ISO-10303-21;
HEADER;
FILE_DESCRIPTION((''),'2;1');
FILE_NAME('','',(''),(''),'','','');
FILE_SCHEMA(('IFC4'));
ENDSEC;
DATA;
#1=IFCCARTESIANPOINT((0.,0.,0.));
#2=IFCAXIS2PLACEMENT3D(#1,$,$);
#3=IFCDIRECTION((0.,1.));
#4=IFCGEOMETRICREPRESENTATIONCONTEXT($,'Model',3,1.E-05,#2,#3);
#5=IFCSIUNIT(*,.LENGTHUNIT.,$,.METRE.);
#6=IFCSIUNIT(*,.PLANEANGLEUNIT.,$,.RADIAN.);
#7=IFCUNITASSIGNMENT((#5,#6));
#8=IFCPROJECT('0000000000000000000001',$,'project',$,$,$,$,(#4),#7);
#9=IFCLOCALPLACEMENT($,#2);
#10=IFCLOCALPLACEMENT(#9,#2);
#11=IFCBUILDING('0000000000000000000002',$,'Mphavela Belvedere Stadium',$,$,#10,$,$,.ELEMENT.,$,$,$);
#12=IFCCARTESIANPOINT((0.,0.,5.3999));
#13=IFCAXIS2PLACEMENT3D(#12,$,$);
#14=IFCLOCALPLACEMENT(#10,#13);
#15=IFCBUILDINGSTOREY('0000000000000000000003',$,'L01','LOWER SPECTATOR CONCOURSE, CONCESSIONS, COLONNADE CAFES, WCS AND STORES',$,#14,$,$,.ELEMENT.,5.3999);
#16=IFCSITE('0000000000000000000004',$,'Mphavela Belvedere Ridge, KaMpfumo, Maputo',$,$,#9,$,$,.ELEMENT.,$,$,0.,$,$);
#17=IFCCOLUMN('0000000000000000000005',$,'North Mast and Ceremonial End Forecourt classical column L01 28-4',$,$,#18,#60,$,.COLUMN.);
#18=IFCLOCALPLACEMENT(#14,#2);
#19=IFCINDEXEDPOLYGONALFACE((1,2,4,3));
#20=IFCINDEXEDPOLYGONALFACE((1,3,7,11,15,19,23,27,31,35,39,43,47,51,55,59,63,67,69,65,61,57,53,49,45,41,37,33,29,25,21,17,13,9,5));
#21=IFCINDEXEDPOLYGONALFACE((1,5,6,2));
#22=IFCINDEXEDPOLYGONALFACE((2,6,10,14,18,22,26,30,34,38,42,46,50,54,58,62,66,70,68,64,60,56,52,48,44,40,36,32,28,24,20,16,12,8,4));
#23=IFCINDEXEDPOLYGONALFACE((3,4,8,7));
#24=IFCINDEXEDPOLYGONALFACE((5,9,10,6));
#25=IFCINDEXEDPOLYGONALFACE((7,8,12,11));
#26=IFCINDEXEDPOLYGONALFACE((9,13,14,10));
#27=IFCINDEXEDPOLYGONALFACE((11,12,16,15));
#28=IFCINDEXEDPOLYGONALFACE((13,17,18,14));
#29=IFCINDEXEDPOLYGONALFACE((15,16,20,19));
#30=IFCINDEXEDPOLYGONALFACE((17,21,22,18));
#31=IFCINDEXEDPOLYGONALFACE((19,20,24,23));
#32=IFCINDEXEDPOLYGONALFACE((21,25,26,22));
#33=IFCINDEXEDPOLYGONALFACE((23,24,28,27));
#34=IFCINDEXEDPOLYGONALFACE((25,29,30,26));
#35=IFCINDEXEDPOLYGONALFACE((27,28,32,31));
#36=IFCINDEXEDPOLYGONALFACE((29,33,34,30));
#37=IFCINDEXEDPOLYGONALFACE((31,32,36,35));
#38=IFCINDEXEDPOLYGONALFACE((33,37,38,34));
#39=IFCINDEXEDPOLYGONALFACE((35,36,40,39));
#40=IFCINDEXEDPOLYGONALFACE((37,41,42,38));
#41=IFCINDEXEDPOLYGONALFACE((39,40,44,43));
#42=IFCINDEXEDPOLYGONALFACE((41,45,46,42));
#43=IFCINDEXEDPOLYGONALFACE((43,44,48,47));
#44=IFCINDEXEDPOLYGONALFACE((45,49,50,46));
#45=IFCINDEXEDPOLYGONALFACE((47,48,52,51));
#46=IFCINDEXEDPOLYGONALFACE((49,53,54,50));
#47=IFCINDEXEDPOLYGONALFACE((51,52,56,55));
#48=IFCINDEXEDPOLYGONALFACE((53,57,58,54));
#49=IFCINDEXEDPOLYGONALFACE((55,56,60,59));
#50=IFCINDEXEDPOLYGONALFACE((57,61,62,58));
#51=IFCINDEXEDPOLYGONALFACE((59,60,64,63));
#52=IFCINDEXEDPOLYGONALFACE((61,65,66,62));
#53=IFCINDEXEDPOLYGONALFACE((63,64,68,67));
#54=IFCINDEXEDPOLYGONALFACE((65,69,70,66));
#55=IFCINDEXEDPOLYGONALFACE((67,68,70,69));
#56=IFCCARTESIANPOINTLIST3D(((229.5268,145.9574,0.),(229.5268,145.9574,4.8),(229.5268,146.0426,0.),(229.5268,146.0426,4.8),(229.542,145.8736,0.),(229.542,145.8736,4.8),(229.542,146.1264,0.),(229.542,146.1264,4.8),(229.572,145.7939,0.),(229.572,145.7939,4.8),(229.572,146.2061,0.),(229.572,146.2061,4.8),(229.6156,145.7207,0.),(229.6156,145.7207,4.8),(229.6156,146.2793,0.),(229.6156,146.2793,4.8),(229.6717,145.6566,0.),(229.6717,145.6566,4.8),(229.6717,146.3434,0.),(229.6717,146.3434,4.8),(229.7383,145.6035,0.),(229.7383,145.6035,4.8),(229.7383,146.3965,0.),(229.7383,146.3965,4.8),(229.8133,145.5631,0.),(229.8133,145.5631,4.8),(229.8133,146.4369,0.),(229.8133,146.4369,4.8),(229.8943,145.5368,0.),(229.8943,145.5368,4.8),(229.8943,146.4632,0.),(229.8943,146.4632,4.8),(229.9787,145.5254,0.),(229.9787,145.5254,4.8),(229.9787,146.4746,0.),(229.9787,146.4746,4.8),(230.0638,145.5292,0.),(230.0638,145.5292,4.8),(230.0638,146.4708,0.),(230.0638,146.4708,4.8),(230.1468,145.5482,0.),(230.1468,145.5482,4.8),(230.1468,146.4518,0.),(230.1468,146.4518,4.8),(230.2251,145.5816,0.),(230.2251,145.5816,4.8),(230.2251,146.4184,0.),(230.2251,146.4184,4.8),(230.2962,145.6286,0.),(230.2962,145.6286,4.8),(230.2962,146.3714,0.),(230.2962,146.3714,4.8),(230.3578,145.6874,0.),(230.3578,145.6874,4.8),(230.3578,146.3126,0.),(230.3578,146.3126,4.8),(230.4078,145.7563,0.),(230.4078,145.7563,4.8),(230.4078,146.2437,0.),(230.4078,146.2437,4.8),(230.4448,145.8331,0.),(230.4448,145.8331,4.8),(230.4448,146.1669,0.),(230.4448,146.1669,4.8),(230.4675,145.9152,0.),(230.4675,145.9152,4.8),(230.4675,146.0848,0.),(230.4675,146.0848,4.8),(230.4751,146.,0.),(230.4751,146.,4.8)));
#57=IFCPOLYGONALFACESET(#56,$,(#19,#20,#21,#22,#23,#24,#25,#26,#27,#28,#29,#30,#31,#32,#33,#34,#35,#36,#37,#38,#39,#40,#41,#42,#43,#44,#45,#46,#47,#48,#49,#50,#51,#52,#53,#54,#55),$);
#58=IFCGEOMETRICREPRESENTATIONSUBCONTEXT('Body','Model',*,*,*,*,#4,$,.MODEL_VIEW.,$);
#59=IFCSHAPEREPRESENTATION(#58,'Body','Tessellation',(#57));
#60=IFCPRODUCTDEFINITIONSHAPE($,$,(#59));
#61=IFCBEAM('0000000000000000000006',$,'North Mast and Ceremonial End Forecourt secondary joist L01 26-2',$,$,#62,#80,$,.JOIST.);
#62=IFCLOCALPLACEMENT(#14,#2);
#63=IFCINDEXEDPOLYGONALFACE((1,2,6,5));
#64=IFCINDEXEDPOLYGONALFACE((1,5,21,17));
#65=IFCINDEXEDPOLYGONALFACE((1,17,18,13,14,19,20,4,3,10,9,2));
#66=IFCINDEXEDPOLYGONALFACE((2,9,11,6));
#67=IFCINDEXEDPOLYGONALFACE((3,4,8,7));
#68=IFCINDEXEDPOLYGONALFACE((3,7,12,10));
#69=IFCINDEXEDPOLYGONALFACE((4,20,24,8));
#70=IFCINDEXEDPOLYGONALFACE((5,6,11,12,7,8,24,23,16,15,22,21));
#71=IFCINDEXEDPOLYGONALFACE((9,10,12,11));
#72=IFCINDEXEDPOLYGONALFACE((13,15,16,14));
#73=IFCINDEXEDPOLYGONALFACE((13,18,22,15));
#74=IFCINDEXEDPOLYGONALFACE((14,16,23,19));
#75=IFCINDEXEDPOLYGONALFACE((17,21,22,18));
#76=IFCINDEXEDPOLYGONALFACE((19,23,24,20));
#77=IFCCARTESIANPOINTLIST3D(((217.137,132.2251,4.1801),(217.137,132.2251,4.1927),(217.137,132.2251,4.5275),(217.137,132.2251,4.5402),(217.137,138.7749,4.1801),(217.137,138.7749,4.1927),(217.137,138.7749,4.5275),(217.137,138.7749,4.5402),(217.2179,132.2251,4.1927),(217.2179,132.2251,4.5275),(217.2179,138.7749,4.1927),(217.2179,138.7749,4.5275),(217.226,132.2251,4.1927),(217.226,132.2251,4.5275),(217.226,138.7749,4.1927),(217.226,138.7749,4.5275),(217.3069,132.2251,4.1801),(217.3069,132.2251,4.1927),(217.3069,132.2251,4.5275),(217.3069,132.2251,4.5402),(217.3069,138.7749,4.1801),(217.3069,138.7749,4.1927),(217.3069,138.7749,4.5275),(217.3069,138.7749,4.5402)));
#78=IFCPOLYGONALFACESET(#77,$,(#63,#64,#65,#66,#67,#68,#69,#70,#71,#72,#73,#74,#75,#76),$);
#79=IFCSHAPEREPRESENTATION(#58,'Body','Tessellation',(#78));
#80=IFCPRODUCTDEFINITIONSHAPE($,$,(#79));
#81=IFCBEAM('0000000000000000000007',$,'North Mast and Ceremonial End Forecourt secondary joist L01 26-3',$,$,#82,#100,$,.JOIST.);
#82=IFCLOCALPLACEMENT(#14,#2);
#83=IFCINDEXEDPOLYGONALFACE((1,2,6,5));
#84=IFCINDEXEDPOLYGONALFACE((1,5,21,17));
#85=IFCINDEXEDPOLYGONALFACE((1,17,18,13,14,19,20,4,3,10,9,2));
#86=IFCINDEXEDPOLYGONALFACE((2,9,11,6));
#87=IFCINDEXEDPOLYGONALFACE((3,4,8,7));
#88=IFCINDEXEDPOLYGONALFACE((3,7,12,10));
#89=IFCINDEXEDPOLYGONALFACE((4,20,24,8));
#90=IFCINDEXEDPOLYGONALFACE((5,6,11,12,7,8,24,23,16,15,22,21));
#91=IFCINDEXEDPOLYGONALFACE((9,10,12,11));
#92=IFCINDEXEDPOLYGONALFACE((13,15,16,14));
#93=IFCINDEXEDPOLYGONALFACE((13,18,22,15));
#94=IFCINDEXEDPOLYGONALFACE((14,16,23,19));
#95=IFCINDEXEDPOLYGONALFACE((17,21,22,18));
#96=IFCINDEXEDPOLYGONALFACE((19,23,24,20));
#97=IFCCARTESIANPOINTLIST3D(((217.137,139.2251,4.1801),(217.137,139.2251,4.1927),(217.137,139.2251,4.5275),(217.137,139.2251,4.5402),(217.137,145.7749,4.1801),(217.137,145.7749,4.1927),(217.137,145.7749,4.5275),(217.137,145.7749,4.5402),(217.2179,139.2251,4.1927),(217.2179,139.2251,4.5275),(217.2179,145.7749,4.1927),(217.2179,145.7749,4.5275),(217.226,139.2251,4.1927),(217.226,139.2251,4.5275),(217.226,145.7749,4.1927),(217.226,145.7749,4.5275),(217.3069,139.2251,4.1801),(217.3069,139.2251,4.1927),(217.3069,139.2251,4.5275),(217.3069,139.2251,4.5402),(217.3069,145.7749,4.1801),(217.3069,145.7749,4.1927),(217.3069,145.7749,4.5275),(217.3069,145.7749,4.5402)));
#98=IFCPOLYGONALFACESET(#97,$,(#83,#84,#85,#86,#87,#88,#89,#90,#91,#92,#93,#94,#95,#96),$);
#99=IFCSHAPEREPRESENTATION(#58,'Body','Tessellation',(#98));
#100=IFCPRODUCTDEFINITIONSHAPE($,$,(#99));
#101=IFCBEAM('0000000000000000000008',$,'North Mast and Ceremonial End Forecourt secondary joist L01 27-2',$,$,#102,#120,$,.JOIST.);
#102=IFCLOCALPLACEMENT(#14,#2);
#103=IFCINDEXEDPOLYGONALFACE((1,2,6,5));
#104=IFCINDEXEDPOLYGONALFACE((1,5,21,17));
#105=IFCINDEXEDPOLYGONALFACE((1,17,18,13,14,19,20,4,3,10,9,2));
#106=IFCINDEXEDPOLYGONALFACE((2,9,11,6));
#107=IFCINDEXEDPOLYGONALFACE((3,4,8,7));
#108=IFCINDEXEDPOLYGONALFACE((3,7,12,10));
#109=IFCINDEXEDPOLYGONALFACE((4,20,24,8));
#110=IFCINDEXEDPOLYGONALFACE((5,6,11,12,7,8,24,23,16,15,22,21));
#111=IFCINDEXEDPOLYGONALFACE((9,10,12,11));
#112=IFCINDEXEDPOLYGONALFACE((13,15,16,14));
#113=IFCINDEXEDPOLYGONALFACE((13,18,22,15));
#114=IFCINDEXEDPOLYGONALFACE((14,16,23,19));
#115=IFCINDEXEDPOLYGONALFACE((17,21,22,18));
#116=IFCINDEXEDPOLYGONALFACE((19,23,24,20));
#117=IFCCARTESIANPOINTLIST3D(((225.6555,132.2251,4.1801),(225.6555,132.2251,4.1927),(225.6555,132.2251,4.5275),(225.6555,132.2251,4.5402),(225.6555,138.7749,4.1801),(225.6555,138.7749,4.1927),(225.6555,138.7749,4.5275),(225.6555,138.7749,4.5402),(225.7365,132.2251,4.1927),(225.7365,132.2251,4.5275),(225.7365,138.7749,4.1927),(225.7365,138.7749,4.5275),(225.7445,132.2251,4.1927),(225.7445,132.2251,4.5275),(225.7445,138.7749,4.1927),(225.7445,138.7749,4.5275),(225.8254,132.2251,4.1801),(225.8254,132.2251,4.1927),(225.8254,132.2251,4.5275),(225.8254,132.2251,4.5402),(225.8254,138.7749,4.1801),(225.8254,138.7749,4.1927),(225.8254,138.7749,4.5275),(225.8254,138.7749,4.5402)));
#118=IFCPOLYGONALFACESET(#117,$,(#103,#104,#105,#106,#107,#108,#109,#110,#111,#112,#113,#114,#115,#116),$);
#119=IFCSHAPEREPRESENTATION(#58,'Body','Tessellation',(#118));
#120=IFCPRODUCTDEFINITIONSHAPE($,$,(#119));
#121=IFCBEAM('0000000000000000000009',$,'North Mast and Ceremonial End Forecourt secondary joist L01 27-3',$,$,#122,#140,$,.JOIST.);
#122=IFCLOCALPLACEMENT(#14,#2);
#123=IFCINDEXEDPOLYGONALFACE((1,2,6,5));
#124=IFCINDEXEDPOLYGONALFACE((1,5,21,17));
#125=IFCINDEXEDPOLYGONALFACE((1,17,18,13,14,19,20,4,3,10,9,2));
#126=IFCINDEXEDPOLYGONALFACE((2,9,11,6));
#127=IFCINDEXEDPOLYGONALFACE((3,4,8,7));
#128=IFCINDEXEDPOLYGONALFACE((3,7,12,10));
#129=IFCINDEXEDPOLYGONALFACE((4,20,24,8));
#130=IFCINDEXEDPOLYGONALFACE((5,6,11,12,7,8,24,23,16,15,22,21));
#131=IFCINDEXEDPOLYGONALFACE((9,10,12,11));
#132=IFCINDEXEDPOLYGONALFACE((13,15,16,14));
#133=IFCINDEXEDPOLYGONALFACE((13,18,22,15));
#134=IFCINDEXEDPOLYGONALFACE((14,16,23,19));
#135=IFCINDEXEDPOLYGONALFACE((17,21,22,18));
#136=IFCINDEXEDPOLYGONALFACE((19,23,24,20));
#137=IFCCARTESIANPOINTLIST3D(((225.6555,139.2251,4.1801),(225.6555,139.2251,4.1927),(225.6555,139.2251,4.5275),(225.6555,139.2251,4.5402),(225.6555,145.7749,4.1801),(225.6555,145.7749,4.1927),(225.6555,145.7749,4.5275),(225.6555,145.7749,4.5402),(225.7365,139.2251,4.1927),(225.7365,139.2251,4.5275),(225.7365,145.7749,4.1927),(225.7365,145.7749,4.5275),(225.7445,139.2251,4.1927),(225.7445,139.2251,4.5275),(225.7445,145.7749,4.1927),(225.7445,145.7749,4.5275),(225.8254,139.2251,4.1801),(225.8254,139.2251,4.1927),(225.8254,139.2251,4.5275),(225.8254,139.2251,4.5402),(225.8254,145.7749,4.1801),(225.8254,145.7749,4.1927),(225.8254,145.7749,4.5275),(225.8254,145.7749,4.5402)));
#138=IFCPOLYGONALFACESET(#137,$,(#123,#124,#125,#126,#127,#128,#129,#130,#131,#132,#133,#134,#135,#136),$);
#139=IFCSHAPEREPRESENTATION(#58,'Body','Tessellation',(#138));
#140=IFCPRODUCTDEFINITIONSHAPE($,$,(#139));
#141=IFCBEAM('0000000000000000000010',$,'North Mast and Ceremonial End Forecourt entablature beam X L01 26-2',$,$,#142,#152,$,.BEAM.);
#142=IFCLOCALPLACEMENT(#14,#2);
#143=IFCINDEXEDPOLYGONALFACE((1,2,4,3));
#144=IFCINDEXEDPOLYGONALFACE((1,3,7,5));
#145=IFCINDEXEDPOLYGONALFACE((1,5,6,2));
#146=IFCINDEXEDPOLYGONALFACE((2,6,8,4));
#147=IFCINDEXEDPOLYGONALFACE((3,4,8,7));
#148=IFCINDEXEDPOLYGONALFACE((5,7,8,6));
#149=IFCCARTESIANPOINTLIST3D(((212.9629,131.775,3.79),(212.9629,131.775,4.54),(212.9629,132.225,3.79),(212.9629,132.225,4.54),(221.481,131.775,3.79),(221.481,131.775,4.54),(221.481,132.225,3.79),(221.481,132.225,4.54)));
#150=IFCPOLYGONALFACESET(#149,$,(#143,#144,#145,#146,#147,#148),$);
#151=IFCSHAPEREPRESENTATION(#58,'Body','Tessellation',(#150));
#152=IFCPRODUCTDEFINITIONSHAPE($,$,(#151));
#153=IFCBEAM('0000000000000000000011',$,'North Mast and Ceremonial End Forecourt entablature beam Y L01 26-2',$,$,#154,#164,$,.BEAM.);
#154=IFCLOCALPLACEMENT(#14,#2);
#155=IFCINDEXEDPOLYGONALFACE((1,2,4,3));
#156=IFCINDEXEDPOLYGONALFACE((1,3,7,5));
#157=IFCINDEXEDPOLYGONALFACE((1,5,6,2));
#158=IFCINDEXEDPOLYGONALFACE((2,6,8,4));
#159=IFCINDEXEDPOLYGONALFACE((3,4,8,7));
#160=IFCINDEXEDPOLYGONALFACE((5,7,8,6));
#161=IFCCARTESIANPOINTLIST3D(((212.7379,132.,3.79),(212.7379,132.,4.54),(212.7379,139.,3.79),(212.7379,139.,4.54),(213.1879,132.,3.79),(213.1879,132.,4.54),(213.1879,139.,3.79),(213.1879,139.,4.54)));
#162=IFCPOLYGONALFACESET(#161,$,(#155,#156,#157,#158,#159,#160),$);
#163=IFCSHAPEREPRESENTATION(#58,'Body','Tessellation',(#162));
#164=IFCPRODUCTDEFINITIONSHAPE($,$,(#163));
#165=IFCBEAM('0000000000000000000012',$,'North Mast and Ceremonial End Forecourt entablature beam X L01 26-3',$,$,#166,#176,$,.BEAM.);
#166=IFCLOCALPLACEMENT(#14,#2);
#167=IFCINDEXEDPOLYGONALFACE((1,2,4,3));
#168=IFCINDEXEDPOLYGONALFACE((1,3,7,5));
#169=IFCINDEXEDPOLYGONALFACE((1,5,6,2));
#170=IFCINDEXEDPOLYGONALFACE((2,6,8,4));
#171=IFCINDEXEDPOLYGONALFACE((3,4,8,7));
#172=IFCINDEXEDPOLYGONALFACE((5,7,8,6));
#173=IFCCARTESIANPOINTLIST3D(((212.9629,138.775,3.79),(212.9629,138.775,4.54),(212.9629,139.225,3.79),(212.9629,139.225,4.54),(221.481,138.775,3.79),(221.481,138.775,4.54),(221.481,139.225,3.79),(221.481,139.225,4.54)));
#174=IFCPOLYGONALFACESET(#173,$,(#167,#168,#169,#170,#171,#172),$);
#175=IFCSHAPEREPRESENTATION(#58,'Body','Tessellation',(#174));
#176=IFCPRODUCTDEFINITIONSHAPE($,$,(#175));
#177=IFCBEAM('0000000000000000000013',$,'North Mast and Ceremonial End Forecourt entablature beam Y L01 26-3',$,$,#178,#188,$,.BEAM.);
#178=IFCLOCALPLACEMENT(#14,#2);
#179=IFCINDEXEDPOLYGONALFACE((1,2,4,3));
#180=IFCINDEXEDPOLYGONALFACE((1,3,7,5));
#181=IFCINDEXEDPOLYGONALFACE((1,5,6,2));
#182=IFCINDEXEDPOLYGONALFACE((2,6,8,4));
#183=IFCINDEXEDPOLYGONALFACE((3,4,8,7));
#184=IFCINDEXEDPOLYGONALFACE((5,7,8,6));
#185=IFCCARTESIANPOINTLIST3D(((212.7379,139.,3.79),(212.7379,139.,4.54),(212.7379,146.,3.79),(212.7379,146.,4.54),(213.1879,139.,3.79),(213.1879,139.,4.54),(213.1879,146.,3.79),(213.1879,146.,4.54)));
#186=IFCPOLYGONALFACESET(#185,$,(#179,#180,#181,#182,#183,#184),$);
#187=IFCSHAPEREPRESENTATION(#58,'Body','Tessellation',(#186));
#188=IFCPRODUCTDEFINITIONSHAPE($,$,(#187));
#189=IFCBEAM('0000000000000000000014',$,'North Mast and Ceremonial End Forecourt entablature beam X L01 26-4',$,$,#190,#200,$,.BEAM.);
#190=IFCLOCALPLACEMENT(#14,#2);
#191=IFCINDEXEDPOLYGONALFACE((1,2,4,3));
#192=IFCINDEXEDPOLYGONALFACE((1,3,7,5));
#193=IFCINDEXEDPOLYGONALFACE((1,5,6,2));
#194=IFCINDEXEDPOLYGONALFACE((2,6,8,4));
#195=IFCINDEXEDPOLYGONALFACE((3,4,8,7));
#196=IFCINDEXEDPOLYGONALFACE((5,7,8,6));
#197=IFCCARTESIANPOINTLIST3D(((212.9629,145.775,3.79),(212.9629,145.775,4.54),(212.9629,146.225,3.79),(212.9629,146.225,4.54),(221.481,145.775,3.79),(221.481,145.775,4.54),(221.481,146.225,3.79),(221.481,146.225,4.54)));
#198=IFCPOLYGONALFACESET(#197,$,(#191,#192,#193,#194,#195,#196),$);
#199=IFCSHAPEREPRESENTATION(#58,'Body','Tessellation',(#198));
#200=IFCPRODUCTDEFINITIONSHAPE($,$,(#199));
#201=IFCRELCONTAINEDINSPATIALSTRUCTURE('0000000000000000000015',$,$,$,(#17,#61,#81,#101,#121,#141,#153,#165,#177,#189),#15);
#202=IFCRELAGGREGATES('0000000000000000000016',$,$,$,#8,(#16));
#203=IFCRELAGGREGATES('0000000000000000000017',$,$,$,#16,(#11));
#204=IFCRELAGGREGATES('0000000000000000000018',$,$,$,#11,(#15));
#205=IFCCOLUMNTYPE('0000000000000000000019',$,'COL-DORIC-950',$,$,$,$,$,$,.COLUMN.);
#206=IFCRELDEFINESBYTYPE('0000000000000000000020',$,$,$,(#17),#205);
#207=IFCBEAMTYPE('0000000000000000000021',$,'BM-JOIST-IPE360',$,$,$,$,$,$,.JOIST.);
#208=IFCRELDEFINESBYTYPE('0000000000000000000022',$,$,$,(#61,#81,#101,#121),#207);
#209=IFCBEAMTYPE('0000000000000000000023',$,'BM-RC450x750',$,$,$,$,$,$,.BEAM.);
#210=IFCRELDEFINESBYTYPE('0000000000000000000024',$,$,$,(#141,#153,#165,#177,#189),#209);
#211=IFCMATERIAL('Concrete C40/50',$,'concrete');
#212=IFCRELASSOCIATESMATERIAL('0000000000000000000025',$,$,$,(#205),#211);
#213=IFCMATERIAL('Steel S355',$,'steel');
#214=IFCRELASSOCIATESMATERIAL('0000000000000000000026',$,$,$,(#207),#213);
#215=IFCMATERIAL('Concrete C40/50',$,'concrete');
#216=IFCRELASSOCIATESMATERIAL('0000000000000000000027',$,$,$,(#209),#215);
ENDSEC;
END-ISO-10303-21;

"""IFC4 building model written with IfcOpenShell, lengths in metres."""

from ifc_helpers import new_model, si_unit, direction, frame, origin, origin_2d, place, context, subcontext, project, spatial, rectangle, circle, i_section, extrude, material, material_profile, profile_set, type_object, element, save


model = new_model("IFC4")

# Units and contexts
model_context = context("Model", 3, precision=1e-05, world=origin(), true_north=direction((0.0, 1.0)))
body_context = subcontext(model_context, "Body", "Model", "MODEL_VIEW")
ifc_project = project(units=[si_unit("LENGTHUNIT", "METRE"), si_unit("PLANEANGLEUNIT", "RADIAN")], contexts=[model_context])

# Site, building, storey
site_placement = place(None, origin())
site = spatial("IfcSite", under=ifc_project, at=site_placement, Name="Mphavela Belvedere Ridge, KaMpfumo, Maputo", CompositionType="ELEMENT", RefElevation=0.0)
building_placement = place(site_placement, origin())
building = spatial("IfcBuilding", under=site, at=building_placement, Name="Mphavela Belvedere Stadium", CompositionType="ELEMENT")
storey_placement = place(building_placement, frame((0.0, 0.0, 5.3999)))
storey = spatial("IfcBuildingStorey", under=building, at=storey_placement, Name="L01", Description="LOWER SPECTATOR CONCOURSE, CONCESSIONS, COLONNADE CAFES, WCS AND STORES", CompositionType="ELEMENT", Elevation=5.3999)

# Column
ifc_material_1 = material(Name="Concrete C40/50", Category="concrete")
ifc_material_profile_1 = material_profile(ifc_material_1, circle(Radius=0.4751, at=origin_2d()), Name="COL D950")
ifc_profile_set_1 = profile_set([ifc_material_profile_1], Name="Concrete C40/50")
column_type = type_object("IfcColumnType", Name="COL-DORIC-950", PredefinedType="COLUMN", material=ifc_profile_set_1)
for number, where, z_axis, x_axis, name in (
    (1, (230.0, 146.0, 0.0), (0.0, 0.0, 1.0), (1.0, 0.0, 0.0), "North Mast and Ceremonial End Forecourt classical column L01 28-4"),
):
    element("IfcColumn", number, at=place(storey_placement, frame(where, z_axis=z_axis, x_axis=x_axis)), inside=storey, type_object=column_type, Name=name, PredefinedType="COLUMN", context=body_context, shape_type="SweptSolid", body=[
        extrude(circle(Radius=0.4751, at=origin_2d()), origin(), (0.0, 0.0, 1.0), 4.8),
    ])

# Beams
ifc_material_2 = material(Name="Steel S355", Category="steel")
ifc_material_profile_2 = material_profile(ifc_material_2, i_section(OverallWidth=0.1699, OverallDepth=0.3601, WebThickness=0.0081, FlangeThickness=0.0127, at=origin_2d()), Name="IPE 360")
ifc_profile_set_2 = profile_set([ifc_material_profile_2], Name="Steel S355")
beam_type_1 = type_object("IfcBeamType", Name="BM-JOIST-IPE360", PredefinedType="JOIST", material=ifc_profile_set_2)
for number, where, z_axis, x_axis, name in (
    (2, (217.2219, 132.2251, 4.3601), (0.0, 1.0, 0.0), (-1.0, 0.0, 0.0), "North Mast and Ceremonial End Forecourt secondary joist L01 26-2"),
    (3, (217.2219, 139.2251, 4.3601), (0.0, 1.0, 0.0), (-1.0, 0.0, 0.0), "North Mast and Ceremonial End Forecourt secondary joist L01 26-3"),
    (4, (225.7405, 132.2251, 4.3601), (0.0, 1.0, 0.0), (-1.0, 0.0, 0.0), "North Mast and Ceremonial End Forecourt secondary joist L01 27-2"),
    (5, (225.7405, 139.2251, 4.3601), (0.0, 1.0, 0.0), (-1.0, 0.0, 0.0), "North Mast and Ceremonial End Forecourt secondary joist L01 27-3"),
):
    element("IfcBeam", number, at=place(storey_placement, frame(where, z_axis=z_axis, x_axis=x_axis)), inside=storey, type_object=beam_type_1, Name=name, PredefinedType="JOIST", context=body_context, shape_type="SweptSolid", body=[
        extrude(i_section(OverallWidth=0.1699, OverallDepth=0.3601, WebThickness=0.0081, FlangeThickness=0.0127, at=origin_2d()), origin(), (0.0, 0.0, 1.0), 6.5498),
    ])
ifc_material_3 = material(Name="Concrete C40/50", Category="concrete")
ifc_material_profile_3 = material_profile(ifc_material_3, rectangle(XDim=0.45, YDim=0.75, at=origin_2d()), Name="RC 450x750")
ifc_profile_set_3 = profile_set([ifc_material_profile_3], Name="Concrete C40/50")
beam_type_2 = type_object("IfcBeamType", Name="BM-RC450x750", PredefinedType="BEAM", material=ifc_profile_set_3)
beam_1_placement = place(storey_placement, frame((212.9629, 132.0, 4.165), z_axis=(1.0, 0.0, 0.0), x_axis=(0.0, 1.0, 0.0)))
element("IfcBeam", 6, at=beam_1_placement, inside=storey, type_object=beam_type_2, Name="North Mast and Ceremonial End Forecourt entablature beam X L01 26-2", PredefinedType="BEAM", context=body_context, shape_type="SweptSolid", body=[
    extrude(rectangle(XDim=0.45, YDim=0.75, at=origin_2d()), origin(), (0.0, 0.0, 1.0), 8.5181),
])
beam_2_placement = place(storey_placement, frame((212.9629, 132.0, 4.165), z_axis=(0.0, 1.0, 0.0), x_axis=(-1.0, 0.0, 0.0)))
element("IfcBeam", 7, at=beam_2_placement, inside=storey, type_object=beam_type_2, Name="North Mast and Ceremonial End Forecourt entablature beam Y L01 26-2", PredefinedType="BEAM", context=body_context, shape_type="SweptSolid", body=[
    extrude(rectangle(XDim=0.45, YDim=0.75, at=origin_2d()), origin(), (0.0, 0.0, 1.0), 7.0),
])
beam_3_placement = place(storey_placement, frame((212.9629, 139.0, 4.165), z_axis=(1.0, 0.0, 0.0), x_axis=(0.0, 1.0, 0.0)))
element("IfcBeam", 8, at=beam_3_placement, inside=storey, type_object=beam_type_2, Name="North Mast and Ceremonial End Forecourt entablature beam X L01 26-3", PredefinedType="BEAM", context=body_context, shape_type="SweptSolid", body=[
    extrude(rectangle(XDim=0.45, YDim=0.75, at=origin_2d()), origin(), (0.0, 0.0, 1.0), 8.5181),
])
beam_4_placement = place(storey_placement, frame((212.9629, 139.0, 4.165), z_axis=(0.0, 1.0, 0.0), x_axis=(-1.0, 0.0, 0.0)))
element("IfcBeam", 9, at=beam_4_placement, inside=storey, type_object=beam_type_2, Name="North Mast and Ceremonial End Forecourt entablature beam Y L01 26-3", PredefinedType="BEAM", context=body_context, shape_type="SweptSolid", body=[
    extrude(rectangle(XDim=0.45, YDim=0.75, at=origin_2d()), origin(), (0.0, 0.0, 1.0), 7.0),
])
beam_5_placement = place(storey_placement, frame((212.9629, 146.0, 4.165), z_axis=(1.0, 0.0, 0.0), x_axis=(0.0, 1.0, 0.0)))
element("IfcBeam", 10, at=beam_5_placement, inside=storey, type_object=beam_type_2, Name="North Mast and Ceremonial End Forecourt entablature beam X L01 26-4", PredefinedType="BEAM", context=body_context, shape_type="SweptSolid", body=[
    extrude(rectangle(XDim=0.45, YDim=0.75, at=origin_2d()), origin(), (0.0, 0.0, 1.0), 8.5181),
])

save(model, "model.ifc")
